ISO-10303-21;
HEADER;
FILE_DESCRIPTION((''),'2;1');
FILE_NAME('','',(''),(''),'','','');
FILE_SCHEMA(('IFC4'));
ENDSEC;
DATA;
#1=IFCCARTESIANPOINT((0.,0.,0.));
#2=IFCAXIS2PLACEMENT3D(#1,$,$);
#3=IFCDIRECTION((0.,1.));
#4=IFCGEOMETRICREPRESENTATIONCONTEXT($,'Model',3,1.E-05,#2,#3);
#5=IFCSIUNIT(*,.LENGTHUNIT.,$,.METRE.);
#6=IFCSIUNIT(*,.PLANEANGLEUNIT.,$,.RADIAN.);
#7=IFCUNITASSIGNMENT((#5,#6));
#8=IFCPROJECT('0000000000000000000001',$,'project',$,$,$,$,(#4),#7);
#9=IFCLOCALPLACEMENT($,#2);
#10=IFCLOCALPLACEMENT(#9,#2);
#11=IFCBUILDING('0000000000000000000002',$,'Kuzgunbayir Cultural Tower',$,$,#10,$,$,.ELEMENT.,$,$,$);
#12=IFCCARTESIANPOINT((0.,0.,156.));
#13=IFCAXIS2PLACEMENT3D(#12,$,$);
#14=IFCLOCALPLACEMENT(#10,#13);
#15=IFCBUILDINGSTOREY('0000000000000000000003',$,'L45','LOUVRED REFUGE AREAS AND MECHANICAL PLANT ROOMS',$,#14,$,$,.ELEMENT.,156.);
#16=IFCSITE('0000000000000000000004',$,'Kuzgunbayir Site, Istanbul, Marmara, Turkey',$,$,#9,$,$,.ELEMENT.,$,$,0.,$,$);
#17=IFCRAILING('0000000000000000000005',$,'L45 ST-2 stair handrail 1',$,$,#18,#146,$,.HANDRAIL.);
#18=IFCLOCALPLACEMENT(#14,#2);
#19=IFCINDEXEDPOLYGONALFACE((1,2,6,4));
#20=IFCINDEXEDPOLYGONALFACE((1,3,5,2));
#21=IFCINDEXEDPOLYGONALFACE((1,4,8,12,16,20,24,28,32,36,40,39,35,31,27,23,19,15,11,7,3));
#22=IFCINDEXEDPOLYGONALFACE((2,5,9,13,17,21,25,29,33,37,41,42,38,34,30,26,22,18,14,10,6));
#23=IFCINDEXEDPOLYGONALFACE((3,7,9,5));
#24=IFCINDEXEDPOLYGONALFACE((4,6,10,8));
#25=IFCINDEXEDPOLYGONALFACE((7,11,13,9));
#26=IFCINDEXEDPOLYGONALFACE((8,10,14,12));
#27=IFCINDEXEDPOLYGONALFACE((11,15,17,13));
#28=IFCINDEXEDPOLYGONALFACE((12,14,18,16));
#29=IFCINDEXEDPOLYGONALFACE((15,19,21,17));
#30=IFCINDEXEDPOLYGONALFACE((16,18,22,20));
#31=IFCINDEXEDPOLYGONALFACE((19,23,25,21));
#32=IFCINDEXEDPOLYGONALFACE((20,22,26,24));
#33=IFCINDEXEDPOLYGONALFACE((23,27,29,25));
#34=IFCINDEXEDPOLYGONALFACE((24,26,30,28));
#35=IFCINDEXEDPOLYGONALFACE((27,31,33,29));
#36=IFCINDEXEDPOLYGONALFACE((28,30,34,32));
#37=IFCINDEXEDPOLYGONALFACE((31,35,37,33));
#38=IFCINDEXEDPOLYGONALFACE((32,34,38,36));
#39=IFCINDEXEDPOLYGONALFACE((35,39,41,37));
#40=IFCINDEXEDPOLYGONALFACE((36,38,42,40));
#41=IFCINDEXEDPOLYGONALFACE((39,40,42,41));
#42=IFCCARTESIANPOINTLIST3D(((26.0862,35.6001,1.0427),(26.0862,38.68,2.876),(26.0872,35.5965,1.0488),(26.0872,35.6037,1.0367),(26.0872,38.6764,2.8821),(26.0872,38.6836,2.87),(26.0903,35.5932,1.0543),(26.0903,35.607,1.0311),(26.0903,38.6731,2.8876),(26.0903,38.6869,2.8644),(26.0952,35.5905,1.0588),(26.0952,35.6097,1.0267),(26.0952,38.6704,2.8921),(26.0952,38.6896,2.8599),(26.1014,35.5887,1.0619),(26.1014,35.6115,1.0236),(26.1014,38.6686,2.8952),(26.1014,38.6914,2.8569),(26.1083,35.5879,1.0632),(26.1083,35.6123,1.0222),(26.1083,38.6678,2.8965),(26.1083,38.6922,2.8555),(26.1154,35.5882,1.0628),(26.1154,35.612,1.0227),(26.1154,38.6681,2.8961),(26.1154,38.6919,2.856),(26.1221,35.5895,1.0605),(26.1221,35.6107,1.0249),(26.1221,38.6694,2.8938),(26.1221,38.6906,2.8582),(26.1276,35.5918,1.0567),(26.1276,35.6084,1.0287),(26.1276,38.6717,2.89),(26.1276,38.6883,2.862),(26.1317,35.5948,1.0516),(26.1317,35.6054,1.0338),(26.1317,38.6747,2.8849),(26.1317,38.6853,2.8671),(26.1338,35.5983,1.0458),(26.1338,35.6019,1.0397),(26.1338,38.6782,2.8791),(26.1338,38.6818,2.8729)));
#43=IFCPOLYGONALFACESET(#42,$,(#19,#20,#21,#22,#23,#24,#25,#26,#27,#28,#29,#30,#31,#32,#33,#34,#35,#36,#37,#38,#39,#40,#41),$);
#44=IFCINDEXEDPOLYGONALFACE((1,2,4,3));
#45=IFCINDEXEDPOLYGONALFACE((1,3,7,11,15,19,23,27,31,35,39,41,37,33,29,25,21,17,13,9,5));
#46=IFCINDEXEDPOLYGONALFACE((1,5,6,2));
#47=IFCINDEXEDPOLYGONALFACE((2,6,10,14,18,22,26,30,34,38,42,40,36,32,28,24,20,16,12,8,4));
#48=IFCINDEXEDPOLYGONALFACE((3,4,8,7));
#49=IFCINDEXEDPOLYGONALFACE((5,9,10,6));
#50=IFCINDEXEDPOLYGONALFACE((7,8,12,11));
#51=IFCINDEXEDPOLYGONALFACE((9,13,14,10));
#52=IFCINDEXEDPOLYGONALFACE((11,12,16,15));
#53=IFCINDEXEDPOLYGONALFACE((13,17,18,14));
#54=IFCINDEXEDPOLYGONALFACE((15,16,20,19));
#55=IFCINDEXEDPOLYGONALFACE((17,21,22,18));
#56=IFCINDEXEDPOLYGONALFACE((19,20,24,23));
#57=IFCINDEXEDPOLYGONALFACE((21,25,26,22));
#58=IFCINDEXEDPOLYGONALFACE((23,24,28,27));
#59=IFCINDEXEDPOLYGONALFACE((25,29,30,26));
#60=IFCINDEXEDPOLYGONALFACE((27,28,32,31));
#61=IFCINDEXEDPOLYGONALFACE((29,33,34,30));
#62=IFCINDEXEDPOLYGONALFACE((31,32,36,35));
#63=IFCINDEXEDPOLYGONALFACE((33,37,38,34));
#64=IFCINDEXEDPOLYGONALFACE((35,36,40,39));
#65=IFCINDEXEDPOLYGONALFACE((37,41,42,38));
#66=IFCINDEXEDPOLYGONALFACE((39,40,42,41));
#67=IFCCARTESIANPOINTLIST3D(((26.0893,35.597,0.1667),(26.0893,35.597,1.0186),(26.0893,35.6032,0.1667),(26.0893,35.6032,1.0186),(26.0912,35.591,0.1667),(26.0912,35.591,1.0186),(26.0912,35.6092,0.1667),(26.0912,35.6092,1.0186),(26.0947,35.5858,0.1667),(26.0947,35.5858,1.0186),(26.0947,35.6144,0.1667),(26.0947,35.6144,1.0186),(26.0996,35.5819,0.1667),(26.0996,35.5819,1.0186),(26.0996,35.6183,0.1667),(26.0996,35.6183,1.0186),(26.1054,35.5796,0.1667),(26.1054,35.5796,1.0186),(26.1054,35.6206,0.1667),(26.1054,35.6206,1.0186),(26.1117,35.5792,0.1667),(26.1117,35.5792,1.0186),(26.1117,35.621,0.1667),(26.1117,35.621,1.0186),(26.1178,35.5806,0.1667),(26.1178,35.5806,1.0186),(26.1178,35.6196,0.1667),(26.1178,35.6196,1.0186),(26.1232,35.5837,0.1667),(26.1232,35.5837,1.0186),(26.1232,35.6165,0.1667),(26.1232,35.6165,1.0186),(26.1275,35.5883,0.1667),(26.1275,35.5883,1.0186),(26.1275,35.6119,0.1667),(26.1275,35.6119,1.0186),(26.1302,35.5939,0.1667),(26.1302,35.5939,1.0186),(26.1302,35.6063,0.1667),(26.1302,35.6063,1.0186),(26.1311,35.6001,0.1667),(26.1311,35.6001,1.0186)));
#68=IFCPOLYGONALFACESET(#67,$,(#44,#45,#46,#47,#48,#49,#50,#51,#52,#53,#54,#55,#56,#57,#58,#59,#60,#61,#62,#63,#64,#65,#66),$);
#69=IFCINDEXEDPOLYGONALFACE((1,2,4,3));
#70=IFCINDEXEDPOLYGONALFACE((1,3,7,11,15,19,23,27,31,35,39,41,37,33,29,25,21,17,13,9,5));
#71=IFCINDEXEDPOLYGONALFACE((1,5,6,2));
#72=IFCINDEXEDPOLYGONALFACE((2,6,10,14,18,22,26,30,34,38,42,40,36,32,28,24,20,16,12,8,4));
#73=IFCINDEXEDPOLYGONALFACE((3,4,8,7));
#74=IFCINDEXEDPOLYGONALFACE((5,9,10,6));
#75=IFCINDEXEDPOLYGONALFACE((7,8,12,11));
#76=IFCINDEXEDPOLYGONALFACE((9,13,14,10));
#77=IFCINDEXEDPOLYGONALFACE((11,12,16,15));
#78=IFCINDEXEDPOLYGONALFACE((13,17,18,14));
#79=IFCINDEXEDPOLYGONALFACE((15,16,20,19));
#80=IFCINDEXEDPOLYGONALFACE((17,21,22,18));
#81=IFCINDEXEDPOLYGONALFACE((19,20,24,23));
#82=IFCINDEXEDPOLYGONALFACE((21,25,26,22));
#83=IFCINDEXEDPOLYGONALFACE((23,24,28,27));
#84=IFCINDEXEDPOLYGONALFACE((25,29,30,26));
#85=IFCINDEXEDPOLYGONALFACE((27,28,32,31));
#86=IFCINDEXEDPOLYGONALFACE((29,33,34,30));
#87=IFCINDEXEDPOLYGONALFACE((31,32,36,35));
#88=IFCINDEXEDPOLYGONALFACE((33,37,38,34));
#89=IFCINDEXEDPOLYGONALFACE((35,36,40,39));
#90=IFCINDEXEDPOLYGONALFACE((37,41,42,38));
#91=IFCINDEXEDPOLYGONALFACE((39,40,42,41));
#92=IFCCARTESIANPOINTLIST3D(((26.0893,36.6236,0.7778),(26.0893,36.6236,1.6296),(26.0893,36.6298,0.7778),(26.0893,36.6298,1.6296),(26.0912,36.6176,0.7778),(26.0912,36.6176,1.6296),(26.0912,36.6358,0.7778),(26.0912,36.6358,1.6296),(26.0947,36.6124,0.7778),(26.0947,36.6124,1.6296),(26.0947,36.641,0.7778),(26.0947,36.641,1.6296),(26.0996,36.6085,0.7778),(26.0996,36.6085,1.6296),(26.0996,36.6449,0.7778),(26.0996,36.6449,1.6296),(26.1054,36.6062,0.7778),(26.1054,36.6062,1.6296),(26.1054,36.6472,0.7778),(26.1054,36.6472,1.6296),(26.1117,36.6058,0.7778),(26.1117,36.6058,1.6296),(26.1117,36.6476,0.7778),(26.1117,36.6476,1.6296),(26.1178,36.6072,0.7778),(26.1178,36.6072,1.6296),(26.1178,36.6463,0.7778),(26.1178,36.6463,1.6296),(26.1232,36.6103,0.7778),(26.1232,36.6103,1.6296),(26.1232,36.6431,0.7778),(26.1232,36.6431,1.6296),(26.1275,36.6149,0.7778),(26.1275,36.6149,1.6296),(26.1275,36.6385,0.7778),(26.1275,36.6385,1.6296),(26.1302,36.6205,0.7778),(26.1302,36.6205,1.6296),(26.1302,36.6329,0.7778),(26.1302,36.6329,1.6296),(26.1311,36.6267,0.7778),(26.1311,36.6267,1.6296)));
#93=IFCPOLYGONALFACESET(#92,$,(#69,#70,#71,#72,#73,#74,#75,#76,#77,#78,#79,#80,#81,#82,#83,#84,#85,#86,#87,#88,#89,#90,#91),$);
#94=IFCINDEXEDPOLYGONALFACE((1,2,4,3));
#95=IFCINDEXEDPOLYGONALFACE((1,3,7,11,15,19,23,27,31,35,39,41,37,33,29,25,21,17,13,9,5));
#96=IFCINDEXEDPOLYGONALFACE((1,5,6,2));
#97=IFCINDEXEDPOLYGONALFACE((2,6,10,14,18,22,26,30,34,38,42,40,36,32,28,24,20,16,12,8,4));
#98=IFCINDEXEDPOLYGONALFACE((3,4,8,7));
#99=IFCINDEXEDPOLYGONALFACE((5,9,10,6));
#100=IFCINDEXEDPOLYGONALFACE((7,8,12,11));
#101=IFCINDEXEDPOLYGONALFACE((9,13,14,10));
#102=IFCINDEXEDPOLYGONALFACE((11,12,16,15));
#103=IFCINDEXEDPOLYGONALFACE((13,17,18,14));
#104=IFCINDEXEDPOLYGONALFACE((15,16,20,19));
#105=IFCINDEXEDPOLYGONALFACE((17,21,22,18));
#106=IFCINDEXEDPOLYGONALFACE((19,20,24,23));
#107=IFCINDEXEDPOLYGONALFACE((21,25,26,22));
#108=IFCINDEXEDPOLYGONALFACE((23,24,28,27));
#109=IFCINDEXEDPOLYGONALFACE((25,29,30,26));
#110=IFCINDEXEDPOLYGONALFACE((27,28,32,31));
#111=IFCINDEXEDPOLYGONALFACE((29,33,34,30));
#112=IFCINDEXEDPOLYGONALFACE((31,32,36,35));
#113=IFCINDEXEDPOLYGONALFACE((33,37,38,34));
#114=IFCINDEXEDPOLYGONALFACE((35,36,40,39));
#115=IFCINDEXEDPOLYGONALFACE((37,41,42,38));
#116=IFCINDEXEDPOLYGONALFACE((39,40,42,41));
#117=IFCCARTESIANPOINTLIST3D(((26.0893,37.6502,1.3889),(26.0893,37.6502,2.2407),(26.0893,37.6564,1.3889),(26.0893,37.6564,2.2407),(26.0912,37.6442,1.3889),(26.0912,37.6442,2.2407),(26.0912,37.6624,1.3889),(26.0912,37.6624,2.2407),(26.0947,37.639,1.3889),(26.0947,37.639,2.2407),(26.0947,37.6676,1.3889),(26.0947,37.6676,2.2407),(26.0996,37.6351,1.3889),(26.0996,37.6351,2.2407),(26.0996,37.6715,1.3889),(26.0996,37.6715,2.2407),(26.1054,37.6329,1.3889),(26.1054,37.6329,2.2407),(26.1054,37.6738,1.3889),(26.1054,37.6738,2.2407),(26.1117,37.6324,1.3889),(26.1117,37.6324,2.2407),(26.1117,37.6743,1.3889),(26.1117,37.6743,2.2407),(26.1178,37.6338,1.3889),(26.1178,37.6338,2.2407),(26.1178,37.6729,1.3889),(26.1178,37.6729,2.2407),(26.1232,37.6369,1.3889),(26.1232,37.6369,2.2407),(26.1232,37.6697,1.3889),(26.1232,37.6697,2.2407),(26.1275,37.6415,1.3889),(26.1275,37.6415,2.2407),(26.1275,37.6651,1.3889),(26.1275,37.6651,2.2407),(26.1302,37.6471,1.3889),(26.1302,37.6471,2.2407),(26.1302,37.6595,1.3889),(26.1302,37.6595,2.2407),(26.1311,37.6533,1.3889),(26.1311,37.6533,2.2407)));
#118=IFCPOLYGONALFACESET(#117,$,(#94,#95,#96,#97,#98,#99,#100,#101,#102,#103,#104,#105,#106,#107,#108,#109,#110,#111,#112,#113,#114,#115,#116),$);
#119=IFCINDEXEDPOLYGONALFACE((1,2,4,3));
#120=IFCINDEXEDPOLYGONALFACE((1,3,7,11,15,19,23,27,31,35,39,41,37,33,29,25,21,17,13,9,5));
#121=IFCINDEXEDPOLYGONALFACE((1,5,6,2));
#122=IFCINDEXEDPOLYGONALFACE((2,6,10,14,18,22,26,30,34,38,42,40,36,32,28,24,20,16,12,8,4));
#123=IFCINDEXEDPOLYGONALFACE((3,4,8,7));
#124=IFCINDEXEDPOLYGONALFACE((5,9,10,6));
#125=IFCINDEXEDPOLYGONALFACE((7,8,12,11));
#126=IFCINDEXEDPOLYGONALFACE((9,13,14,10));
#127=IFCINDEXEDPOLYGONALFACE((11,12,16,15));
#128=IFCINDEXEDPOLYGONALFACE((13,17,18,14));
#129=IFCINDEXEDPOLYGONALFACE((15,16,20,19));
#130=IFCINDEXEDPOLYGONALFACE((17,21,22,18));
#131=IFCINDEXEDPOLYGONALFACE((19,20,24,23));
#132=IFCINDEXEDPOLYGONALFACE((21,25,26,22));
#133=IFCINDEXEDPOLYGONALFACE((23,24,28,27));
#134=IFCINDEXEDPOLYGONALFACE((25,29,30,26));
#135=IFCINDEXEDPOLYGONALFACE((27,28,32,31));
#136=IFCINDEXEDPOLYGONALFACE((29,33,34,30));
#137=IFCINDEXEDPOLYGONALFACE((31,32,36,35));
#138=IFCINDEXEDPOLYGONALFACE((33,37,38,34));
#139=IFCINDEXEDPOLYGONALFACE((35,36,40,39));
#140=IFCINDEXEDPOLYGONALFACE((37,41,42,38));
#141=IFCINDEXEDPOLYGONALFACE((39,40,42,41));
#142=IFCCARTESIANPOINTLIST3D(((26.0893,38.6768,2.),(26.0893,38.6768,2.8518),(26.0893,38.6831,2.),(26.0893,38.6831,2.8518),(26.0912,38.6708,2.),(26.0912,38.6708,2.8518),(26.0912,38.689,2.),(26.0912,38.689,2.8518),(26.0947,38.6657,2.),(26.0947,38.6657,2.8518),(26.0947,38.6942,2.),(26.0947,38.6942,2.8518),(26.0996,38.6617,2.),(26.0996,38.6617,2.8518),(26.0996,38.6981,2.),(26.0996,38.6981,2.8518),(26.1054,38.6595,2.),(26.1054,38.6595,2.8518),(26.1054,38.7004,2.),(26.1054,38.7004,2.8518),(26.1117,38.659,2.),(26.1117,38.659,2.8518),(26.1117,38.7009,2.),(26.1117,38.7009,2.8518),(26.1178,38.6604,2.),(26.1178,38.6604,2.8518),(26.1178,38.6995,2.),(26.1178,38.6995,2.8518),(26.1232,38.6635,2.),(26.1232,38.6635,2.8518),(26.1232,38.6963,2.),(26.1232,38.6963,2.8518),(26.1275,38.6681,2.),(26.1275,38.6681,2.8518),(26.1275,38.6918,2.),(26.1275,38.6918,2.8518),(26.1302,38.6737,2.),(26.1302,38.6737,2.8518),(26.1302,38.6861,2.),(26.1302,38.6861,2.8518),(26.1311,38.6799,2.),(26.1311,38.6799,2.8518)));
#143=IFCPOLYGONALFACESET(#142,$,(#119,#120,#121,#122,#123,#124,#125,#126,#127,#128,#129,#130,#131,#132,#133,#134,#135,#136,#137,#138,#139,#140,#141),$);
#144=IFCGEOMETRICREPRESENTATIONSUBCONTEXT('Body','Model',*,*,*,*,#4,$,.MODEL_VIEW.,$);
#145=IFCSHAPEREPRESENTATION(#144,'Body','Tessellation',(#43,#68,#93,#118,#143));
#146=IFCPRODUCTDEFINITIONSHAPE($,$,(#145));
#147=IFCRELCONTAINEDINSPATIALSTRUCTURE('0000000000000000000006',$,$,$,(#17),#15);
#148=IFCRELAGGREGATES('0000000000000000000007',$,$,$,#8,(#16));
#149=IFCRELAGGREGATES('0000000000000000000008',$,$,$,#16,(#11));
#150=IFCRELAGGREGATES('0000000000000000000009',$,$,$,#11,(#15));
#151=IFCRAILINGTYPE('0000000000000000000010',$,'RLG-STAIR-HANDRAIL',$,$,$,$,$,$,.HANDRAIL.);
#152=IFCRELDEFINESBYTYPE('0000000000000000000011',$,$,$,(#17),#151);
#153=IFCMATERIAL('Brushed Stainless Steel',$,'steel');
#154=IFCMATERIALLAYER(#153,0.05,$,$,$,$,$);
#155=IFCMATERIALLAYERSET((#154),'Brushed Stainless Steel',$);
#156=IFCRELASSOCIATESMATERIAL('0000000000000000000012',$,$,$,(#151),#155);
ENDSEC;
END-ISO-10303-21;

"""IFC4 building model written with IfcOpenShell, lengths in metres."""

from ifc_helpers import new_model, si_unit, direction, frame, origin, origin_2d, place, context, subcontext, project, spatial, circle, extrude, material, layer, layer_set, type_object, element, save


model = new_model("IFC4")

# Units and contexts
model_context = context("Model", 3, precision=1e-05, world=origin(), true_north=direction((0.0, 1.0)))
body_context = subcontext(model_context, "Body", "Model", "MODEL_VIEW")
ifc_project = project(units=[si_unit("LENGTHUNIT", "METRE"), si_unit("PLANEANGLEUNIT", "RADIAN")], contexts=[model_context])

# Site, building, storey
site_placement = place(None, origin())
site = spatial("IfcSite", under=ifc_project, at=site_placement, Name="Kuzgunbayir Site, Istanbul, Marmara, Turkey", CompositionType="ELEMENT", RefElevation=0.0)
building_placement = place(site_placement, origin())
building = spatial("IfcBuilding", under=site, at=building_placement, Name="Kuzgunbayir Cultural Tower", CompositionType="ELEMENT")
storey_placement = place(building_placement, frame((0.0, 0.0, 156.0)))
storey = spatial("IfcBuildingStorey", under=building, at=storey_placement, Name="L45", Description="LOUVRED REFUGE AREAS AND MECHANICAL PLANT ROOMS", CompositionType="ELEMENT", Elevation=156.0)

# Railing
ifc_material_1 = material(Name="Brushed Stainless Steel", Category="steel")
ifc_layer_1 = layer(ifc_material_1, 0.05)
ifc_layer_set_1 = layer_set([ifc_layer_1], Name="Brushed Stainless Steel")
railing_type_1 = type_object("IfcRailingType", Name="RLG-STAIR-HANDRAIL", PredefinedType="HANDRAIL", material=ifc_layer_set_1)
railing_1_placement = place(storey_placement, frame((26.1101, 35.6001, 0.1667)))
element("IfcRailing", 1, at=railing_1_placement, inside=storey, type_object=railing_type_1, Name="L45 ST-2 stair handrail 1", PredefinedType="HANDRAIL", context=body_context, shape_type="SweptSolid", body=[
    extrude(circle(Radius=0.0239, at=origin_2d()), frame((0.0, 0.0, 0.876), z_axis=(0.0, 0.859291, 0.511487), x_axis=(-1.0, 0.0, 0.0)), (0.0, 0.0, 1.0), 3.5842),
    extrude(circle(Radius=0.021, at=origin_2d()), origin(), (0.0, 0.0, 1.0), 0.8518),
    extrude(circle(Radius=0.021, at=origin_2d()), frame((0.0, 1.0266, 0.6111)), (0.0, 0.0, 1.0), 0.8518),
    extrude(circle(Radius=0.021, at=origin_2d()), frame((0.0, 2.0532, 1.2222)), (0.0, 0.0, 1.0), 0.8518),
    extrude(circle(Radius=0.021, at=origin_2d()), frame((0.0, 3.0798, 1.8333)), (0.0, 0.0, 1.0), 0.8518),
])

save(model, "model.ifc")
